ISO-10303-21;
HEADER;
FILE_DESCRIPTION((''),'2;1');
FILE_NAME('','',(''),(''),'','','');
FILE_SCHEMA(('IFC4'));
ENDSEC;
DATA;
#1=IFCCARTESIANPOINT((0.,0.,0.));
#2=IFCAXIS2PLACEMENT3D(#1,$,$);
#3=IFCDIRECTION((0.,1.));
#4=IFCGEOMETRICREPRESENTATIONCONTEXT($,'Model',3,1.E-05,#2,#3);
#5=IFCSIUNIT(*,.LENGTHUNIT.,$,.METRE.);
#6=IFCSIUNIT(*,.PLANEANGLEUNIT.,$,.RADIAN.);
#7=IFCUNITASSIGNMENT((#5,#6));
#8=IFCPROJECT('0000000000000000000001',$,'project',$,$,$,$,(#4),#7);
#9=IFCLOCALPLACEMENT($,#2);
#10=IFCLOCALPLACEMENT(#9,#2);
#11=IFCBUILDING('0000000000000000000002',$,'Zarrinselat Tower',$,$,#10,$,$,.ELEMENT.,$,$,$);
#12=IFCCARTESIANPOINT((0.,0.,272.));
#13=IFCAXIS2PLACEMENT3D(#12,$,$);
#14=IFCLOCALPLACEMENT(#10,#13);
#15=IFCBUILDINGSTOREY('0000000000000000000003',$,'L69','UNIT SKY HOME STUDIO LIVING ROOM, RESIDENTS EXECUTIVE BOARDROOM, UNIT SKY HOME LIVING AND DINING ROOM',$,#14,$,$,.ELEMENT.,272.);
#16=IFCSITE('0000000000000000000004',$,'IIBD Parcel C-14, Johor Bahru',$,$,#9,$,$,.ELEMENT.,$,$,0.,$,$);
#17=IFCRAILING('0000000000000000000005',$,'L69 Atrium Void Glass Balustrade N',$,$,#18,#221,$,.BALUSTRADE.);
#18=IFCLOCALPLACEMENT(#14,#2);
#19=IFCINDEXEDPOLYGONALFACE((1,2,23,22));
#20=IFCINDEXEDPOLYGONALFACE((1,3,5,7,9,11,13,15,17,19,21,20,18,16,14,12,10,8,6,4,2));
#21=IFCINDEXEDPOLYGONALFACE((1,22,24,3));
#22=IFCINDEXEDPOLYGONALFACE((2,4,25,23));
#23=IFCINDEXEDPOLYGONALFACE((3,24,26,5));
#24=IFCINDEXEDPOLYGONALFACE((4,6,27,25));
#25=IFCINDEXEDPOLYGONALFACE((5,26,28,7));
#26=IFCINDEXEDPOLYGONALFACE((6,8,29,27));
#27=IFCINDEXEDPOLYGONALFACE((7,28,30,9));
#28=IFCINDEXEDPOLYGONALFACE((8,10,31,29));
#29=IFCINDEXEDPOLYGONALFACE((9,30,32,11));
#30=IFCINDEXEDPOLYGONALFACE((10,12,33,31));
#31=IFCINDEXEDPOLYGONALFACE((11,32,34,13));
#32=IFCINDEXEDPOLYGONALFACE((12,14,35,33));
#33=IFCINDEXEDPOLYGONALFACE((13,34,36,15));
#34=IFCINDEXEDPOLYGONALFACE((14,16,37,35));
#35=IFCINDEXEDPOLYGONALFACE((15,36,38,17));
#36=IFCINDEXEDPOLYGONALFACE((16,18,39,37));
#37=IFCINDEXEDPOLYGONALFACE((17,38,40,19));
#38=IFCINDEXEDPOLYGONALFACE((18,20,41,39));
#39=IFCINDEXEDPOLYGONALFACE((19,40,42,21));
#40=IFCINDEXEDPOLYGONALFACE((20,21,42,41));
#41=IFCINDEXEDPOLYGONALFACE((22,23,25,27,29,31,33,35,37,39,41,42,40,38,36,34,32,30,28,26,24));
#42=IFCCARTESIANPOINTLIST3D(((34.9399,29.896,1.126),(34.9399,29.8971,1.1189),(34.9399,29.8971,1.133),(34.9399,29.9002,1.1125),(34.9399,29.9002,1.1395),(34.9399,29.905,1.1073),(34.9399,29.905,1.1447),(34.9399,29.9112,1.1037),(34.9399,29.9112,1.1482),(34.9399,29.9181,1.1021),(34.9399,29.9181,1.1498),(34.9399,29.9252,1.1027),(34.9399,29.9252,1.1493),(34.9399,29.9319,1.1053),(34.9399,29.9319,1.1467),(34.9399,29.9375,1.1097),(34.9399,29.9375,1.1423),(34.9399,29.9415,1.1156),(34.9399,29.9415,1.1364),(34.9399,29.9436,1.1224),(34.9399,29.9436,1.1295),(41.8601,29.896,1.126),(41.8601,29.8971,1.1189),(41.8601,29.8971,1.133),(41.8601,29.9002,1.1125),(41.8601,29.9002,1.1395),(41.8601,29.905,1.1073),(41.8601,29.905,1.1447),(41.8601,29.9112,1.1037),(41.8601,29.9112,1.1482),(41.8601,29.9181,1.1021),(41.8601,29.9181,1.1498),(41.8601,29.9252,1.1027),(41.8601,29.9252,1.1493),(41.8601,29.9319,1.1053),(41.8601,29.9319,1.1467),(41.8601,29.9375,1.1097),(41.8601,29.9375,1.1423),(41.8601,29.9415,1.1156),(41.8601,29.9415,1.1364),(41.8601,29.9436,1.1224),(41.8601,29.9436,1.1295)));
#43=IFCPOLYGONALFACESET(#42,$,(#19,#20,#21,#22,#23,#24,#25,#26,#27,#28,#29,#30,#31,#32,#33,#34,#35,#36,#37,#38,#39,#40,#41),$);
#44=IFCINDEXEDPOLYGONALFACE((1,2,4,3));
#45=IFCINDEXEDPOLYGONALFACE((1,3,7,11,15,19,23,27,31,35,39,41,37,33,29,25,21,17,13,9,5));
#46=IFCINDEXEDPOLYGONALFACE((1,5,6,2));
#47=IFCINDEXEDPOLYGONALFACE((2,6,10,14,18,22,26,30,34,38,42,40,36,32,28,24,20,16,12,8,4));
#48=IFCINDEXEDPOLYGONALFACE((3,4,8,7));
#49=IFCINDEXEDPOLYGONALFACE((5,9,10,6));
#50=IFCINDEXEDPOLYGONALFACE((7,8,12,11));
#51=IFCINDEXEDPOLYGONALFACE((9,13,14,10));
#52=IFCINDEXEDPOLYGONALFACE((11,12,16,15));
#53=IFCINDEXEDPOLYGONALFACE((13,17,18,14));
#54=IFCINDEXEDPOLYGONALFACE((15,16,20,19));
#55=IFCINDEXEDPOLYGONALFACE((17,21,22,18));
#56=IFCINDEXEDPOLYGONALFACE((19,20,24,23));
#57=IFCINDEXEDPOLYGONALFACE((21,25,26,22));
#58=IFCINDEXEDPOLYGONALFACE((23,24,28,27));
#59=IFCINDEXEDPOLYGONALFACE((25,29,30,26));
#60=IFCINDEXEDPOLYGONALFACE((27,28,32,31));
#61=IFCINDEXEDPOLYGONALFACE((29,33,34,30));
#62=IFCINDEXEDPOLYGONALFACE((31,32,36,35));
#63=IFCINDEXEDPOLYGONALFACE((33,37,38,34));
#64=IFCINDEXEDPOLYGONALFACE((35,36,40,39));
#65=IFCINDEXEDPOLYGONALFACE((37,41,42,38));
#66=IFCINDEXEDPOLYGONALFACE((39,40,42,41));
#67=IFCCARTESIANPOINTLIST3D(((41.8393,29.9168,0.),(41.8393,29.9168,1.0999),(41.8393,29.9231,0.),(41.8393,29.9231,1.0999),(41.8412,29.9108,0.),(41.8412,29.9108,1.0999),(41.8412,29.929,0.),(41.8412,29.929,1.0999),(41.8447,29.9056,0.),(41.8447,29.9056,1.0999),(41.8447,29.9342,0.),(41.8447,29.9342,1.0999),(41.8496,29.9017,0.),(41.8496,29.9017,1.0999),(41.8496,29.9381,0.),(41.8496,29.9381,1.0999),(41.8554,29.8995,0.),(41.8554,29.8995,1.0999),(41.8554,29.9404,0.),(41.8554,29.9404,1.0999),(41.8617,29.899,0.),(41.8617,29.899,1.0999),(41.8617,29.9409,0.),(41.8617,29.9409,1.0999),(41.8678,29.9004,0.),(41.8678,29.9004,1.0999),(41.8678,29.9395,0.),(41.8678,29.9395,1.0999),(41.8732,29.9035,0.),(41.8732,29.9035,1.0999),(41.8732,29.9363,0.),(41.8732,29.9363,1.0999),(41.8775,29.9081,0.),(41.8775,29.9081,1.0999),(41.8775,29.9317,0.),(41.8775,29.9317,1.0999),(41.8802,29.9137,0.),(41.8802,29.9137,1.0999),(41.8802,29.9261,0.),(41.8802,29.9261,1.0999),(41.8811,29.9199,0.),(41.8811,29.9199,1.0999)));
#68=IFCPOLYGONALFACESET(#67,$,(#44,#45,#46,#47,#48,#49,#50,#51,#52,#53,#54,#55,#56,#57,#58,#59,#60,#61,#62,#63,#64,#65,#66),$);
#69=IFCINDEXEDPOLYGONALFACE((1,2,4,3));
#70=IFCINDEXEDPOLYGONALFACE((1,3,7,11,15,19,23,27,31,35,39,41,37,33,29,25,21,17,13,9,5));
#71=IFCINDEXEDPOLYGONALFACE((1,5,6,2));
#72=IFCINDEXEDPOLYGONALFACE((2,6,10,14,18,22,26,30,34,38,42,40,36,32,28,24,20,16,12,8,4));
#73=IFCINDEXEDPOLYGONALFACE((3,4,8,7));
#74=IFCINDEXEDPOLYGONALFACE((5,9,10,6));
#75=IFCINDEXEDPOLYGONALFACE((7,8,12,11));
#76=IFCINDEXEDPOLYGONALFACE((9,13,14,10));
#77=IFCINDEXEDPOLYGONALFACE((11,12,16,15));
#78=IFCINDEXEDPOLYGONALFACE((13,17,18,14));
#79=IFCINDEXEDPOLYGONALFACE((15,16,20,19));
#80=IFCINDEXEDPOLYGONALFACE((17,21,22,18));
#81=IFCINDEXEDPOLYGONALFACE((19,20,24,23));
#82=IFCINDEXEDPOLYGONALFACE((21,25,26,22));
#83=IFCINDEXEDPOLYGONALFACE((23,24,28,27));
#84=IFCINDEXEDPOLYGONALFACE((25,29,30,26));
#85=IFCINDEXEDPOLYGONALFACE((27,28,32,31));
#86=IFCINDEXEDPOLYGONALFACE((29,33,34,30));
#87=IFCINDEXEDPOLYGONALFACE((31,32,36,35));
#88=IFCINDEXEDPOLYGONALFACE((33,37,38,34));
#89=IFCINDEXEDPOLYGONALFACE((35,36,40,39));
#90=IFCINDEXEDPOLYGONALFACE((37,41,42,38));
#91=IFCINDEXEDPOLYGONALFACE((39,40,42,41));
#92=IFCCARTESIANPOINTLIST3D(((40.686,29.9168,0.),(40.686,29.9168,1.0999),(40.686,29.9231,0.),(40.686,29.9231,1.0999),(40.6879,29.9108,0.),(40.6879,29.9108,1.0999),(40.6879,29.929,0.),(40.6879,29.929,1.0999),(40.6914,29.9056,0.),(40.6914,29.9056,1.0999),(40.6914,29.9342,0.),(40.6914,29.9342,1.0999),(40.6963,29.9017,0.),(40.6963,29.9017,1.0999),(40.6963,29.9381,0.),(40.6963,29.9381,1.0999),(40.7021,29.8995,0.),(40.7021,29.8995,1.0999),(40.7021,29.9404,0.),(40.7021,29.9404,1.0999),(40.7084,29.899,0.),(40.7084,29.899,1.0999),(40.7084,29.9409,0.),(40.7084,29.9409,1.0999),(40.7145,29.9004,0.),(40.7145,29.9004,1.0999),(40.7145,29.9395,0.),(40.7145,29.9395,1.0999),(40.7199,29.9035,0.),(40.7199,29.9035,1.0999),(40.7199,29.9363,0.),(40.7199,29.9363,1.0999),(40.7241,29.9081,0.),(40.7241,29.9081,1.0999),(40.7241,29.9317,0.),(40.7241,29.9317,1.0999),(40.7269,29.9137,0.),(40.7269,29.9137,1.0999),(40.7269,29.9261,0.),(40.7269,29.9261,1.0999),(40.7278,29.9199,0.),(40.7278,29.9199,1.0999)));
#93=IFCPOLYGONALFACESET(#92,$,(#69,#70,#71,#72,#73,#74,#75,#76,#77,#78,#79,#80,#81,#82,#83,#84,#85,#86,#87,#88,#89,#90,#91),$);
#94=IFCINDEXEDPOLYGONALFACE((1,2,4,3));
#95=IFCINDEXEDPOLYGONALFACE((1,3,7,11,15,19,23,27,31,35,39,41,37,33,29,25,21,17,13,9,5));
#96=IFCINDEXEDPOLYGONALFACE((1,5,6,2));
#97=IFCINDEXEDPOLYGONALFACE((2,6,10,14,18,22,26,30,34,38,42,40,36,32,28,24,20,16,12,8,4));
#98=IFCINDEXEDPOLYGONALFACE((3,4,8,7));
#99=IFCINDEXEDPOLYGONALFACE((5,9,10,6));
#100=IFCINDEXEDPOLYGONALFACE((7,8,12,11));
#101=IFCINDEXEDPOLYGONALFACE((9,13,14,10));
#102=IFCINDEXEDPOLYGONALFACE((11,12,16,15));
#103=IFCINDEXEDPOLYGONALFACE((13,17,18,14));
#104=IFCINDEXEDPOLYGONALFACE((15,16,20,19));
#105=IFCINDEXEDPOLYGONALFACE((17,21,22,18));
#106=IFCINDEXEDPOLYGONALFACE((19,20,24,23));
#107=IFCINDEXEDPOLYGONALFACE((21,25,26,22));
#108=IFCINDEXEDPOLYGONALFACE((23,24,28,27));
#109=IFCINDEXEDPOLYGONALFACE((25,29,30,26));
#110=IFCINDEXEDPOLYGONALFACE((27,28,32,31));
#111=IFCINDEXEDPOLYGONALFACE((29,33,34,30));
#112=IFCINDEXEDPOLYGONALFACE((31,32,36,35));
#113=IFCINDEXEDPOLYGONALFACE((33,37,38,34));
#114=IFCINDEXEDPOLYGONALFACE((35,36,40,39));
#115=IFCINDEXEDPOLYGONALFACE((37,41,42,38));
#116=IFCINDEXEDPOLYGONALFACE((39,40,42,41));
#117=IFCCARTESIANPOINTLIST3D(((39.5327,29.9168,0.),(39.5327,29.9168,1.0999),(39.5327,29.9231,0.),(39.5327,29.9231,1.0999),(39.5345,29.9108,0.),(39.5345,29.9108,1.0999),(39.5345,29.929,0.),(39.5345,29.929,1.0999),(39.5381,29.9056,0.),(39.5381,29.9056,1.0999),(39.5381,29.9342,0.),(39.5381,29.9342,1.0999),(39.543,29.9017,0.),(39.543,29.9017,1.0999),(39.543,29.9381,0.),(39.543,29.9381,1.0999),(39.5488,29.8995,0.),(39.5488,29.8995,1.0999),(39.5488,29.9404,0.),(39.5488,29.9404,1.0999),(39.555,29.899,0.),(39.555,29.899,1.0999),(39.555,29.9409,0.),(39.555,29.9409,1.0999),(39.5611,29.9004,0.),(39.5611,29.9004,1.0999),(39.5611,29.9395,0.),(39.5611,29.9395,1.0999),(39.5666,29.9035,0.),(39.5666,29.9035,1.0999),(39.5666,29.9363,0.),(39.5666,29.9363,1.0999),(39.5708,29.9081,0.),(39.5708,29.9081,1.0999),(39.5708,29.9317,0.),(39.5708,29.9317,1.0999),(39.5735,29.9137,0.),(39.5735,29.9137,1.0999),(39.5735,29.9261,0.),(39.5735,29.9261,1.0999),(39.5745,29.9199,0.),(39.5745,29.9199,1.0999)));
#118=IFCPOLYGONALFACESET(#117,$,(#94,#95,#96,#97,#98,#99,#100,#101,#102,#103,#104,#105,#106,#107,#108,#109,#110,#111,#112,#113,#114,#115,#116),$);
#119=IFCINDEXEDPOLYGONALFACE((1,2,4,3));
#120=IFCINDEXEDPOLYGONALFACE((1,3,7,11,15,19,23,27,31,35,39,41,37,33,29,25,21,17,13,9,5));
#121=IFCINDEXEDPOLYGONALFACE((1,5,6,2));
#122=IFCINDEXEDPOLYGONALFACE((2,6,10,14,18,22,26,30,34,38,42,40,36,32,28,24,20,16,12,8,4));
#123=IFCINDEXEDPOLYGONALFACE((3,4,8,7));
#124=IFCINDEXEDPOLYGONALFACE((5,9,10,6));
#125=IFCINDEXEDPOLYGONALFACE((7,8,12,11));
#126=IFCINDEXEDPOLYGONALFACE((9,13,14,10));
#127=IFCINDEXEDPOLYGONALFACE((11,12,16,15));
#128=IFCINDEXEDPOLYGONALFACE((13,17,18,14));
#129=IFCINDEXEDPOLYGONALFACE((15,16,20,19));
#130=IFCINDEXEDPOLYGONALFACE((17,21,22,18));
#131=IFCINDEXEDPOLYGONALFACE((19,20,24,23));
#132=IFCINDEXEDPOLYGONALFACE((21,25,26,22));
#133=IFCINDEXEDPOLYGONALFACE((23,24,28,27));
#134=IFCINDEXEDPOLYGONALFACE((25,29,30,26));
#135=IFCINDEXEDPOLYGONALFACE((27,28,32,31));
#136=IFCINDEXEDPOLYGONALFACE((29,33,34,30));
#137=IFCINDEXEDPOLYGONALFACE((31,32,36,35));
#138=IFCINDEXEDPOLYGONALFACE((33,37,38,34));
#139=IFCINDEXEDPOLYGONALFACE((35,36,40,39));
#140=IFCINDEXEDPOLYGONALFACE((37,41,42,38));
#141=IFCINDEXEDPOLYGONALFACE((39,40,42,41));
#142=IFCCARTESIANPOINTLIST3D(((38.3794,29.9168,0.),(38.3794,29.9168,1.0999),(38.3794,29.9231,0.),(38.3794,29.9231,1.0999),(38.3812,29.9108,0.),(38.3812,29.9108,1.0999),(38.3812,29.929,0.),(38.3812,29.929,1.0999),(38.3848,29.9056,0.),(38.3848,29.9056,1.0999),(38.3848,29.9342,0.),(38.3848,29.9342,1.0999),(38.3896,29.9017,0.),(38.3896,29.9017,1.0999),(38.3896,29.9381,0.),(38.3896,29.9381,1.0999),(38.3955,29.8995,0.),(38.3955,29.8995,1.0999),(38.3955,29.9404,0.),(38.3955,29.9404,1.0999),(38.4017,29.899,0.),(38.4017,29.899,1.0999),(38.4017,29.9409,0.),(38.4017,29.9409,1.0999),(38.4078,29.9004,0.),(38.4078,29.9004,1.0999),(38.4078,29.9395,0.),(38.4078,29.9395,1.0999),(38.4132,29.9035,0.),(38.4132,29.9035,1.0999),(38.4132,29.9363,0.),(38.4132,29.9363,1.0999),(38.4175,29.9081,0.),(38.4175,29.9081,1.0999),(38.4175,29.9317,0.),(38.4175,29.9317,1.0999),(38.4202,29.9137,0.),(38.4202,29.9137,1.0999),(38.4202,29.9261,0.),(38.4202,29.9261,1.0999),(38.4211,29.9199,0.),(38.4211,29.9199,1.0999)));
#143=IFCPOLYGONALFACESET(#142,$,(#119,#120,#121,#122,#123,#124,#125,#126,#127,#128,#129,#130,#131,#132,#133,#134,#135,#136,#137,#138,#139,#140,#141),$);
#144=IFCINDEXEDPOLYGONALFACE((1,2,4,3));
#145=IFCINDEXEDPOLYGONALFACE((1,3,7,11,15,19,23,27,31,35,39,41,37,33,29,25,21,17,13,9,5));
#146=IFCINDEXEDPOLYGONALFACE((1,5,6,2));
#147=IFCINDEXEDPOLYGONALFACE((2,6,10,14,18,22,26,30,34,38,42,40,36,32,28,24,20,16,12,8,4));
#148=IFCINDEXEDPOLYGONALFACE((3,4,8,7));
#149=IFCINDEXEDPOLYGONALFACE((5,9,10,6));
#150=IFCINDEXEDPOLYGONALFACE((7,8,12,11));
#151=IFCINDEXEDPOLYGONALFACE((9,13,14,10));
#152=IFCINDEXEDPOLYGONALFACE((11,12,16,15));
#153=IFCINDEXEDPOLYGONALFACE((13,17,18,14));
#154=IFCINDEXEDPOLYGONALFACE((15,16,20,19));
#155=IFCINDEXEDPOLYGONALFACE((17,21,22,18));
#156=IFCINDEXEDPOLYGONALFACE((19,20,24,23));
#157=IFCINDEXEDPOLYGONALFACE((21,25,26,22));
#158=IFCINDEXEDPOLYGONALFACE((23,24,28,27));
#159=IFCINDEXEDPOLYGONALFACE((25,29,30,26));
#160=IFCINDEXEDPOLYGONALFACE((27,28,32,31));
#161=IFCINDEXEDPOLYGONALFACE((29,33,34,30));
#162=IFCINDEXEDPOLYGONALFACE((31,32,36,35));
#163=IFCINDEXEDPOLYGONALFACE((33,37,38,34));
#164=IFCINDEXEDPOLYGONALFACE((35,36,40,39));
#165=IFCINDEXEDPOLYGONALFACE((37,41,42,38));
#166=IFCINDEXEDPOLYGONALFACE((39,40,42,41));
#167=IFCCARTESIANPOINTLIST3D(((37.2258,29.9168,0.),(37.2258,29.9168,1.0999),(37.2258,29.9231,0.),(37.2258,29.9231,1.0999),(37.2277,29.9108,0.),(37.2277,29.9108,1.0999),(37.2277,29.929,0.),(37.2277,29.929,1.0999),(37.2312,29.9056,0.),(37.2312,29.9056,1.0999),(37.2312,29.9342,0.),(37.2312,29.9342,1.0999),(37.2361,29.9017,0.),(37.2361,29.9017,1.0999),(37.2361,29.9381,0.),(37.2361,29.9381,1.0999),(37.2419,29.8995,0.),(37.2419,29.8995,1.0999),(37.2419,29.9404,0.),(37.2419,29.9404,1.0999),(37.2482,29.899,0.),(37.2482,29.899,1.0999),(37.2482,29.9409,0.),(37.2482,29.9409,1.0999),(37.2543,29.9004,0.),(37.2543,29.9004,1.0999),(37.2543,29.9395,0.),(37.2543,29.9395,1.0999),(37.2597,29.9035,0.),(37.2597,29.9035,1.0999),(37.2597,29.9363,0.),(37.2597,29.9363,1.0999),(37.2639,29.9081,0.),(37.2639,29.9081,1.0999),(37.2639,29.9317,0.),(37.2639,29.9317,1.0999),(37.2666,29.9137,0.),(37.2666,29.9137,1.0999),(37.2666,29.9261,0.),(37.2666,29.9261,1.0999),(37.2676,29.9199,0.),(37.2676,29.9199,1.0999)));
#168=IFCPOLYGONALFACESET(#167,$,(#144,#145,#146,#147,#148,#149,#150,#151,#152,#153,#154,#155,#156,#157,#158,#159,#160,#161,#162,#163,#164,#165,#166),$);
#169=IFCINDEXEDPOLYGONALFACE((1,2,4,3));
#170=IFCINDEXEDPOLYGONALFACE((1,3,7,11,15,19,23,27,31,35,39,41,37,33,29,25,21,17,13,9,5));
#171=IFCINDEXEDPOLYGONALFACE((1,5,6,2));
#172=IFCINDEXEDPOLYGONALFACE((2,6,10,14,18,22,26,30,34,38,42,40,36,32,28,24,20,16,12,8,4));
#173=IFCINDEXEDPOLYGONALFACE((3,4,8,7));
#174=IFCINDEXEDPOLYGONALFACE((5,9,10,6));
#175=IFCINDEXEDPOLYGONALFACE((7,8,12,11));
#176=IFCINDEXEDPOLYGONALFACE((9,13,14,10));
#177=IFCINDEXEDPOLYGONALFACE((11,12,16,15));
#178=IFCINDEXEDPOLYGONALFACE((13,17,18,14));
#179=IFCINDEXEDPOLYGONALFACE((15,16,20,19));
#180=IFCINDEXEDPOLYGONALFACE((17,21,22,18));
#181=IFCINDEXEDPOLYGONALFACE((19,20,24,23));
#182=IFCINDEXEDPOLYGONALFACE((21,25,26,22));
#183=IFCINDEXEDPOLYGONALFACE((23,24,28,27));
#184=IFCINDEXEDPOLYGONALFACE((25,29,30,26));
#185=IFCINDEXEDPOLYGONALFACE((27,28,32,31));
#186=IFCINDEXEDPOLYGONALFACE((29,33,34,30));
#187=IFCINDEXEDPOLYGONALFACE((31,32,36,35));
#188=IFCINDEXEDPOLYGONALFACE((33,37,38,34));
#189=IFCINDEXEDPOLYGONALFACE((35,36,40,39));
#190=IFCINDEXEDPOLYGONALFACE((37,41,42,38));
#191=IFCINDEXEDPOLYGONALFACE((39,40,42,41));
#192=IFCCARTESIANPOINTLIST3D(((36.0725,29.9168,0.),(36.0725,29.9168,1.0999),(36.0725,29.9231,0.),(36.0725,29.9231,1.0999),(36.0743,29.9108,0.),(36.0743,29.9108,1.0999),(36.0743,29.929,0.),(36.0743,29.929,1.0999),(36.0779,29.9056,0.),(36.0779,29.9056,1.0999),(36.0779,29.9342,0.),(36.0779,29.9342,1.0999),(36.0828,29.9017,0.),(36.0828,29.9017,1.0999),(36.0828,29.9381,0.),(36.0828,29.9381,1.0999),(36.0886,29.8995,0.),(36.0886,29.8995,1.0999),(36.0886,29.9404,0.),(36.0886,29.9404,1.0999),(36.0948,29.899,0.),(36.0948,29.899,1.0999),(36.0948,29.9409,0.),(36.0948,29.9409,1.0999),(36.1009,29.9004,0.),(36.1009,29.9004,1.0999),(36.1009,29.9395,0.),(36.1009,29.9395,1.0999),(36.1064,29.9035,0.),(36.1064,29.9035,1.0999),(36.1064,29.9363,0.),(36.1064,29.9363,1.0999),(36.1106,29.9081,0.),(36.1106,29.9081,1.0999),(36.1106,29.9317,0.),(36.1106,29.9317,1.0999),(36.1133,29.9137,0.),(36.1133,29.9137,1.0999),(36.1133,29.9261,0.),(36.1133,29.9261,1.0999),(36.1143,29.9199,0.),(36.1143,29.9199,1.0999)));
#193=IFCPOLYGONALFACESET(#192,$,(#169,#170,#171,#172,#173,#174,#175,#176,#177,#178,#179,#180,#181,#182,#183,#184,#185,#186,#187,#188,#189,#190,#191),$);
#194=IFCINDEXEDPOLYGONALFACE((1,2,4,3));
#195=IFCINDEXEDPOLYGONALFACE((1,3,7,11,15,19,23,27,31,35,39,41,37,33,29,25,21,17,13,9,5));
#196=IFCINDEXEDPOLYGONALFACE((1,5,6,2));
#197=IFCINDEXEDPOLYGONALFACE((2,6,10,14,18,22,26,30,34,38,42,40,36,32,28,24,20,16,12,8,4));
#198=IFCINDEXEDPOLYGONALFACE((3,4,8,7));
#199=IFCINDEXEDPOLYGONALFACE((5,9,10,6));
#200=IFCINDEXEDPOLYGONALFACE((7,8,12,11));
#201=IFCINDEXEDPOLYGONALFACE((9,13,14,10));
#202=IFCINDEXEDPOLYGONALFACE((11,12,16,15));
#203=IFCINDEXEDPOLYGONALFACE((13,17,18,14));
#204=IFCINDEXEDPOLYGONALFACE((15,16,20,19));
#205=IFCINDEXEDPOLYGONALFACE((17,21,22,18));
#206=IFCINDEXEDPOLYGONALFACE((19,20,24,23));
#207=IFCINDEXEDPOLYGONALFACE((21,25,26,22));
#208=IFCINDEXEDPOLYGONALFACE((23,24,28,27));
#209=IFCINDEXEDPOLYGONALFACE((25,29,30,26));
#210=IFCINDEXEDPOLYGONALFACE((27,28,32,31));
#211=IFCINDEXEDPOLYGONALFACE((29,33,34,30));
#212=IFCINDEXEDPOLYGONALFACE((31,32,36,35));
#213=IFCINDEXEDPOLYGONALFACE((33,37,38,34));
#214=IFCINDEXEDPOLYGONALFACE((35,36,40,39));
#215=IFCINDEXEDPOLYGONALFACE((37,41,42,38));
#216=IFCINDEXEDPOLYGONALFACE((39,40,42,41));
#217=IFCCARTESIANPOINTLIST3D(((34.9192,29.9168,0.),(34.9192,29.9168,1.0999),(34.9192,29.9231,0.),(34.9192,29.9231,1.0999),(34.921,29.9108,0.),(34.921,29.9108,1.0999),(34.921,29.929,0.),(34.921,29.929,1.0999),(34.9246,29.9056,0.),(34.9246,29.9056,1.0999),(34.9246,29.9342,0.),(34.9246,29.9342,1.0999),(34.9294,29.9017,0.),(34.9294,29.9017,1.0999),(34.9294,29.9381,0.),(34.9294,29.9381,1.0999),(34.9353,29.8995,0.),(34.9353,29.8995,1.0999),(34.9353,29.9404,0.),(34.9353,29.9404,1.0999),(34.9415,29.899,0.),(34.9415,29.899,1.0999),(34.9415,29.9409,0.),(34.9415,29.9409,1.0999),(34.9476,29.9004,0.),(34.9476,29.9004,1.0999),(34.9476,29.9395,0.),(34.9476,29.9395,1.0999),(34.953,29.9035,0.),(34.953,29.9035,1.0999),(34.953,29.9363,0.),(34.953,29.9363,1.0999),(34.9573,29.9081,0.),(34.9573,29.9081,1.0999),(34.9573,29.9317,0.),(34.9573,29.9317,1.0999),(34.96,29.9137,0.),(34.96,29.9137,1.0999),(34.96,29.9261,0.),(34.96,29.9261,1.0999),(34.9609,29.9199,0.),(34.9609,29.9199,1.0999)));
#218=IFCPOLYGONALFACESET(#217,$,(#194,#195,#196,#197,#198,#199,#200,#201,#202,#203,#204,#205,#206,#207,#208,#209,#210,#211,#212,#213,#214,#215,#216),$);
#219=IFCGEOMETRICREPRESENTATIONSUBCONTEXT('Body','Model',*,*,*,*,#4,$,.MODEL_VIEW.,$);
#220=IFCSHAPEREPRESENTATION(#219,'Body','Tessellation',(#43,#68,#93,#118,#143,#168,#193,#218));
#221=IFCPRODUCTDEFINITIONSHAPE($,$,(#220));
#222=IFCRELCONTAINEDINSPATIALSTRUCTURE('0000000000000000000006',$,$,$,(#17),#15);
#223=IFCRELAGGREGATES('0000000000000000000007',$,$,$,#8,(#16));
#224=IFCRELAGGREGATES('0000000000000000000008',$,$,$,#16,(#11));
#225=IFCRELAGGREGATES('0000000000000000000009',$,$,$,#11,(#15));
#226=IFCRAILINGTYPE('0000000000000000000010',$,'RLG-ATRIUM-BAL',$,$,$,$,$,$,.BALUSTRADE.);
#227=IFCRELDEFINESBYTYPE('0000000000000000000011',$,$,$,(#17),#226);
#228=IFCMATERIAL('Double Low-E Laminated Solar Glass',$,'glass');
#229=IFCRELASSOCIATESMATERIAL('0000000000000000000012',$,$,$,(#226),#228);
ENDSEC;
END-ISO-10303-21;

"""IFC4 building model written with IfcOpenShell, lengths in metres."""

from ifc_helpers import new_model, si_unit, direction, frame, origin, origin_2d, place, context, subcontext, project, spatial, circle, extrude, material, type_object, element, save


model = new_model("IFC4")

# Units and contexts
model_context = context("Model", 3, precision=1e-05, world=origin(), true_north=direction((0.0, 1.0)))
body_context = subcontext(model_context, "Body", "Model", "MODEL_VIEW")
ifc_project = project(units=[si_unit("LENGTHUNIT", "METRE"), si_unit("PLANEANGLEUNIT", "RADIAN")], contexts=[model_context])

# Site, building, storey
site_placement = place(None, origin())
site = spatial("IfcSite", under=ifc_project, at=site_placement, Name="IIBD Parcel C-14, Johor Bahru", CompositionType="ELEMENT", RefElevation=0.0)
building_placement = place(site_placement, origin())
building = spatial("IfcBuilding", under=site, at=building_placement, Name="Zarrinselat Tower", CompositionType="ELEMENT")
storey_placement = place(building_placement, frame((0.0, 0.0, 272.0)))
storey = spatial("IfcBuildingStorey", under=building, at=storey_placement, Name="L69", Description="UNIT SKY HOME STUDIO LIVING ROOM, RESIDENTS EXECUTIVE BOARDROOM, UNIT SKY HOME LIVING AND DINING ROOM", CompositionType="ELEMENT", Elevation=272.0)

# Railing
ifc_material_1 = material(Name="Double Low-E Laminated Solar Glass", Category="glass")
railing_type_1 = type_object("IfcRailingType", Name="RLG-ATRIUM-BAL", PredefinedType="BALUSTRADE", material=ifc_material_1)
railing_1_placement = place(storey_placement, frame((41.8601, 29.9199, 0.0)))
element("IfcRailing", 1, at=railing_1_placement, inside=storey, type_object=railing_type_1, Name="L69 Atrium Void Glass Balustrade N", PredefinedType="BALUSTRADE", context=body_context, shape_type="SweptSolid", body=[
    extrude(circle(Radius=0.0239, at=origin_2d()), frame((0.0, 0.0, 1.126), z_axis=(-1.0, 0.0, 0.0), x_axis=(0.0, -1.0, 0.0)), (0.0, 0.0, 1.0), 6.9202),
    extrude(circle(Radius=0.021, at=origin_2d()), origin(), (0.0, 0.0, 1.0), 1.0999),
    extrude(circle(Radius=0.021, at=origin_2d()), frame((-1.1533, 0.0, 0.0)), (0.0, 0.0, 1.0), 1.0999),
    extrude(circle(Radius=0.021, at=origin_2d()), frame((-2.3066, 0.0, 0.0)), (0.0, 0.0, 1.0), 1.0999),
    extrude(circle(Radius=0.021, at=origin_2d()), frame((-3.46, 0.0, 0.0)), (0.0, 0.0, 1.0), 1.0999),
    extrude(circle(Radius=0.021, at=origin_2d()), frame((-4.6135, 0.0, 0.0)), (0.0, 0.0, 1.0), 1.0999),
    extrude(circle(Radius=0.021, at=origin_2d()), frame((-5.7668, 0.0, 0.0)), (0.0, 0.0, 1.0), 1.0999),
    extrude(circle(Radius=0.021, at=origin_2d()), frame((-6.9202, 0.0, 0.0)), (0.0, 0.0, 1.0), 1.0999),
])

save(model, "model.ifc")
